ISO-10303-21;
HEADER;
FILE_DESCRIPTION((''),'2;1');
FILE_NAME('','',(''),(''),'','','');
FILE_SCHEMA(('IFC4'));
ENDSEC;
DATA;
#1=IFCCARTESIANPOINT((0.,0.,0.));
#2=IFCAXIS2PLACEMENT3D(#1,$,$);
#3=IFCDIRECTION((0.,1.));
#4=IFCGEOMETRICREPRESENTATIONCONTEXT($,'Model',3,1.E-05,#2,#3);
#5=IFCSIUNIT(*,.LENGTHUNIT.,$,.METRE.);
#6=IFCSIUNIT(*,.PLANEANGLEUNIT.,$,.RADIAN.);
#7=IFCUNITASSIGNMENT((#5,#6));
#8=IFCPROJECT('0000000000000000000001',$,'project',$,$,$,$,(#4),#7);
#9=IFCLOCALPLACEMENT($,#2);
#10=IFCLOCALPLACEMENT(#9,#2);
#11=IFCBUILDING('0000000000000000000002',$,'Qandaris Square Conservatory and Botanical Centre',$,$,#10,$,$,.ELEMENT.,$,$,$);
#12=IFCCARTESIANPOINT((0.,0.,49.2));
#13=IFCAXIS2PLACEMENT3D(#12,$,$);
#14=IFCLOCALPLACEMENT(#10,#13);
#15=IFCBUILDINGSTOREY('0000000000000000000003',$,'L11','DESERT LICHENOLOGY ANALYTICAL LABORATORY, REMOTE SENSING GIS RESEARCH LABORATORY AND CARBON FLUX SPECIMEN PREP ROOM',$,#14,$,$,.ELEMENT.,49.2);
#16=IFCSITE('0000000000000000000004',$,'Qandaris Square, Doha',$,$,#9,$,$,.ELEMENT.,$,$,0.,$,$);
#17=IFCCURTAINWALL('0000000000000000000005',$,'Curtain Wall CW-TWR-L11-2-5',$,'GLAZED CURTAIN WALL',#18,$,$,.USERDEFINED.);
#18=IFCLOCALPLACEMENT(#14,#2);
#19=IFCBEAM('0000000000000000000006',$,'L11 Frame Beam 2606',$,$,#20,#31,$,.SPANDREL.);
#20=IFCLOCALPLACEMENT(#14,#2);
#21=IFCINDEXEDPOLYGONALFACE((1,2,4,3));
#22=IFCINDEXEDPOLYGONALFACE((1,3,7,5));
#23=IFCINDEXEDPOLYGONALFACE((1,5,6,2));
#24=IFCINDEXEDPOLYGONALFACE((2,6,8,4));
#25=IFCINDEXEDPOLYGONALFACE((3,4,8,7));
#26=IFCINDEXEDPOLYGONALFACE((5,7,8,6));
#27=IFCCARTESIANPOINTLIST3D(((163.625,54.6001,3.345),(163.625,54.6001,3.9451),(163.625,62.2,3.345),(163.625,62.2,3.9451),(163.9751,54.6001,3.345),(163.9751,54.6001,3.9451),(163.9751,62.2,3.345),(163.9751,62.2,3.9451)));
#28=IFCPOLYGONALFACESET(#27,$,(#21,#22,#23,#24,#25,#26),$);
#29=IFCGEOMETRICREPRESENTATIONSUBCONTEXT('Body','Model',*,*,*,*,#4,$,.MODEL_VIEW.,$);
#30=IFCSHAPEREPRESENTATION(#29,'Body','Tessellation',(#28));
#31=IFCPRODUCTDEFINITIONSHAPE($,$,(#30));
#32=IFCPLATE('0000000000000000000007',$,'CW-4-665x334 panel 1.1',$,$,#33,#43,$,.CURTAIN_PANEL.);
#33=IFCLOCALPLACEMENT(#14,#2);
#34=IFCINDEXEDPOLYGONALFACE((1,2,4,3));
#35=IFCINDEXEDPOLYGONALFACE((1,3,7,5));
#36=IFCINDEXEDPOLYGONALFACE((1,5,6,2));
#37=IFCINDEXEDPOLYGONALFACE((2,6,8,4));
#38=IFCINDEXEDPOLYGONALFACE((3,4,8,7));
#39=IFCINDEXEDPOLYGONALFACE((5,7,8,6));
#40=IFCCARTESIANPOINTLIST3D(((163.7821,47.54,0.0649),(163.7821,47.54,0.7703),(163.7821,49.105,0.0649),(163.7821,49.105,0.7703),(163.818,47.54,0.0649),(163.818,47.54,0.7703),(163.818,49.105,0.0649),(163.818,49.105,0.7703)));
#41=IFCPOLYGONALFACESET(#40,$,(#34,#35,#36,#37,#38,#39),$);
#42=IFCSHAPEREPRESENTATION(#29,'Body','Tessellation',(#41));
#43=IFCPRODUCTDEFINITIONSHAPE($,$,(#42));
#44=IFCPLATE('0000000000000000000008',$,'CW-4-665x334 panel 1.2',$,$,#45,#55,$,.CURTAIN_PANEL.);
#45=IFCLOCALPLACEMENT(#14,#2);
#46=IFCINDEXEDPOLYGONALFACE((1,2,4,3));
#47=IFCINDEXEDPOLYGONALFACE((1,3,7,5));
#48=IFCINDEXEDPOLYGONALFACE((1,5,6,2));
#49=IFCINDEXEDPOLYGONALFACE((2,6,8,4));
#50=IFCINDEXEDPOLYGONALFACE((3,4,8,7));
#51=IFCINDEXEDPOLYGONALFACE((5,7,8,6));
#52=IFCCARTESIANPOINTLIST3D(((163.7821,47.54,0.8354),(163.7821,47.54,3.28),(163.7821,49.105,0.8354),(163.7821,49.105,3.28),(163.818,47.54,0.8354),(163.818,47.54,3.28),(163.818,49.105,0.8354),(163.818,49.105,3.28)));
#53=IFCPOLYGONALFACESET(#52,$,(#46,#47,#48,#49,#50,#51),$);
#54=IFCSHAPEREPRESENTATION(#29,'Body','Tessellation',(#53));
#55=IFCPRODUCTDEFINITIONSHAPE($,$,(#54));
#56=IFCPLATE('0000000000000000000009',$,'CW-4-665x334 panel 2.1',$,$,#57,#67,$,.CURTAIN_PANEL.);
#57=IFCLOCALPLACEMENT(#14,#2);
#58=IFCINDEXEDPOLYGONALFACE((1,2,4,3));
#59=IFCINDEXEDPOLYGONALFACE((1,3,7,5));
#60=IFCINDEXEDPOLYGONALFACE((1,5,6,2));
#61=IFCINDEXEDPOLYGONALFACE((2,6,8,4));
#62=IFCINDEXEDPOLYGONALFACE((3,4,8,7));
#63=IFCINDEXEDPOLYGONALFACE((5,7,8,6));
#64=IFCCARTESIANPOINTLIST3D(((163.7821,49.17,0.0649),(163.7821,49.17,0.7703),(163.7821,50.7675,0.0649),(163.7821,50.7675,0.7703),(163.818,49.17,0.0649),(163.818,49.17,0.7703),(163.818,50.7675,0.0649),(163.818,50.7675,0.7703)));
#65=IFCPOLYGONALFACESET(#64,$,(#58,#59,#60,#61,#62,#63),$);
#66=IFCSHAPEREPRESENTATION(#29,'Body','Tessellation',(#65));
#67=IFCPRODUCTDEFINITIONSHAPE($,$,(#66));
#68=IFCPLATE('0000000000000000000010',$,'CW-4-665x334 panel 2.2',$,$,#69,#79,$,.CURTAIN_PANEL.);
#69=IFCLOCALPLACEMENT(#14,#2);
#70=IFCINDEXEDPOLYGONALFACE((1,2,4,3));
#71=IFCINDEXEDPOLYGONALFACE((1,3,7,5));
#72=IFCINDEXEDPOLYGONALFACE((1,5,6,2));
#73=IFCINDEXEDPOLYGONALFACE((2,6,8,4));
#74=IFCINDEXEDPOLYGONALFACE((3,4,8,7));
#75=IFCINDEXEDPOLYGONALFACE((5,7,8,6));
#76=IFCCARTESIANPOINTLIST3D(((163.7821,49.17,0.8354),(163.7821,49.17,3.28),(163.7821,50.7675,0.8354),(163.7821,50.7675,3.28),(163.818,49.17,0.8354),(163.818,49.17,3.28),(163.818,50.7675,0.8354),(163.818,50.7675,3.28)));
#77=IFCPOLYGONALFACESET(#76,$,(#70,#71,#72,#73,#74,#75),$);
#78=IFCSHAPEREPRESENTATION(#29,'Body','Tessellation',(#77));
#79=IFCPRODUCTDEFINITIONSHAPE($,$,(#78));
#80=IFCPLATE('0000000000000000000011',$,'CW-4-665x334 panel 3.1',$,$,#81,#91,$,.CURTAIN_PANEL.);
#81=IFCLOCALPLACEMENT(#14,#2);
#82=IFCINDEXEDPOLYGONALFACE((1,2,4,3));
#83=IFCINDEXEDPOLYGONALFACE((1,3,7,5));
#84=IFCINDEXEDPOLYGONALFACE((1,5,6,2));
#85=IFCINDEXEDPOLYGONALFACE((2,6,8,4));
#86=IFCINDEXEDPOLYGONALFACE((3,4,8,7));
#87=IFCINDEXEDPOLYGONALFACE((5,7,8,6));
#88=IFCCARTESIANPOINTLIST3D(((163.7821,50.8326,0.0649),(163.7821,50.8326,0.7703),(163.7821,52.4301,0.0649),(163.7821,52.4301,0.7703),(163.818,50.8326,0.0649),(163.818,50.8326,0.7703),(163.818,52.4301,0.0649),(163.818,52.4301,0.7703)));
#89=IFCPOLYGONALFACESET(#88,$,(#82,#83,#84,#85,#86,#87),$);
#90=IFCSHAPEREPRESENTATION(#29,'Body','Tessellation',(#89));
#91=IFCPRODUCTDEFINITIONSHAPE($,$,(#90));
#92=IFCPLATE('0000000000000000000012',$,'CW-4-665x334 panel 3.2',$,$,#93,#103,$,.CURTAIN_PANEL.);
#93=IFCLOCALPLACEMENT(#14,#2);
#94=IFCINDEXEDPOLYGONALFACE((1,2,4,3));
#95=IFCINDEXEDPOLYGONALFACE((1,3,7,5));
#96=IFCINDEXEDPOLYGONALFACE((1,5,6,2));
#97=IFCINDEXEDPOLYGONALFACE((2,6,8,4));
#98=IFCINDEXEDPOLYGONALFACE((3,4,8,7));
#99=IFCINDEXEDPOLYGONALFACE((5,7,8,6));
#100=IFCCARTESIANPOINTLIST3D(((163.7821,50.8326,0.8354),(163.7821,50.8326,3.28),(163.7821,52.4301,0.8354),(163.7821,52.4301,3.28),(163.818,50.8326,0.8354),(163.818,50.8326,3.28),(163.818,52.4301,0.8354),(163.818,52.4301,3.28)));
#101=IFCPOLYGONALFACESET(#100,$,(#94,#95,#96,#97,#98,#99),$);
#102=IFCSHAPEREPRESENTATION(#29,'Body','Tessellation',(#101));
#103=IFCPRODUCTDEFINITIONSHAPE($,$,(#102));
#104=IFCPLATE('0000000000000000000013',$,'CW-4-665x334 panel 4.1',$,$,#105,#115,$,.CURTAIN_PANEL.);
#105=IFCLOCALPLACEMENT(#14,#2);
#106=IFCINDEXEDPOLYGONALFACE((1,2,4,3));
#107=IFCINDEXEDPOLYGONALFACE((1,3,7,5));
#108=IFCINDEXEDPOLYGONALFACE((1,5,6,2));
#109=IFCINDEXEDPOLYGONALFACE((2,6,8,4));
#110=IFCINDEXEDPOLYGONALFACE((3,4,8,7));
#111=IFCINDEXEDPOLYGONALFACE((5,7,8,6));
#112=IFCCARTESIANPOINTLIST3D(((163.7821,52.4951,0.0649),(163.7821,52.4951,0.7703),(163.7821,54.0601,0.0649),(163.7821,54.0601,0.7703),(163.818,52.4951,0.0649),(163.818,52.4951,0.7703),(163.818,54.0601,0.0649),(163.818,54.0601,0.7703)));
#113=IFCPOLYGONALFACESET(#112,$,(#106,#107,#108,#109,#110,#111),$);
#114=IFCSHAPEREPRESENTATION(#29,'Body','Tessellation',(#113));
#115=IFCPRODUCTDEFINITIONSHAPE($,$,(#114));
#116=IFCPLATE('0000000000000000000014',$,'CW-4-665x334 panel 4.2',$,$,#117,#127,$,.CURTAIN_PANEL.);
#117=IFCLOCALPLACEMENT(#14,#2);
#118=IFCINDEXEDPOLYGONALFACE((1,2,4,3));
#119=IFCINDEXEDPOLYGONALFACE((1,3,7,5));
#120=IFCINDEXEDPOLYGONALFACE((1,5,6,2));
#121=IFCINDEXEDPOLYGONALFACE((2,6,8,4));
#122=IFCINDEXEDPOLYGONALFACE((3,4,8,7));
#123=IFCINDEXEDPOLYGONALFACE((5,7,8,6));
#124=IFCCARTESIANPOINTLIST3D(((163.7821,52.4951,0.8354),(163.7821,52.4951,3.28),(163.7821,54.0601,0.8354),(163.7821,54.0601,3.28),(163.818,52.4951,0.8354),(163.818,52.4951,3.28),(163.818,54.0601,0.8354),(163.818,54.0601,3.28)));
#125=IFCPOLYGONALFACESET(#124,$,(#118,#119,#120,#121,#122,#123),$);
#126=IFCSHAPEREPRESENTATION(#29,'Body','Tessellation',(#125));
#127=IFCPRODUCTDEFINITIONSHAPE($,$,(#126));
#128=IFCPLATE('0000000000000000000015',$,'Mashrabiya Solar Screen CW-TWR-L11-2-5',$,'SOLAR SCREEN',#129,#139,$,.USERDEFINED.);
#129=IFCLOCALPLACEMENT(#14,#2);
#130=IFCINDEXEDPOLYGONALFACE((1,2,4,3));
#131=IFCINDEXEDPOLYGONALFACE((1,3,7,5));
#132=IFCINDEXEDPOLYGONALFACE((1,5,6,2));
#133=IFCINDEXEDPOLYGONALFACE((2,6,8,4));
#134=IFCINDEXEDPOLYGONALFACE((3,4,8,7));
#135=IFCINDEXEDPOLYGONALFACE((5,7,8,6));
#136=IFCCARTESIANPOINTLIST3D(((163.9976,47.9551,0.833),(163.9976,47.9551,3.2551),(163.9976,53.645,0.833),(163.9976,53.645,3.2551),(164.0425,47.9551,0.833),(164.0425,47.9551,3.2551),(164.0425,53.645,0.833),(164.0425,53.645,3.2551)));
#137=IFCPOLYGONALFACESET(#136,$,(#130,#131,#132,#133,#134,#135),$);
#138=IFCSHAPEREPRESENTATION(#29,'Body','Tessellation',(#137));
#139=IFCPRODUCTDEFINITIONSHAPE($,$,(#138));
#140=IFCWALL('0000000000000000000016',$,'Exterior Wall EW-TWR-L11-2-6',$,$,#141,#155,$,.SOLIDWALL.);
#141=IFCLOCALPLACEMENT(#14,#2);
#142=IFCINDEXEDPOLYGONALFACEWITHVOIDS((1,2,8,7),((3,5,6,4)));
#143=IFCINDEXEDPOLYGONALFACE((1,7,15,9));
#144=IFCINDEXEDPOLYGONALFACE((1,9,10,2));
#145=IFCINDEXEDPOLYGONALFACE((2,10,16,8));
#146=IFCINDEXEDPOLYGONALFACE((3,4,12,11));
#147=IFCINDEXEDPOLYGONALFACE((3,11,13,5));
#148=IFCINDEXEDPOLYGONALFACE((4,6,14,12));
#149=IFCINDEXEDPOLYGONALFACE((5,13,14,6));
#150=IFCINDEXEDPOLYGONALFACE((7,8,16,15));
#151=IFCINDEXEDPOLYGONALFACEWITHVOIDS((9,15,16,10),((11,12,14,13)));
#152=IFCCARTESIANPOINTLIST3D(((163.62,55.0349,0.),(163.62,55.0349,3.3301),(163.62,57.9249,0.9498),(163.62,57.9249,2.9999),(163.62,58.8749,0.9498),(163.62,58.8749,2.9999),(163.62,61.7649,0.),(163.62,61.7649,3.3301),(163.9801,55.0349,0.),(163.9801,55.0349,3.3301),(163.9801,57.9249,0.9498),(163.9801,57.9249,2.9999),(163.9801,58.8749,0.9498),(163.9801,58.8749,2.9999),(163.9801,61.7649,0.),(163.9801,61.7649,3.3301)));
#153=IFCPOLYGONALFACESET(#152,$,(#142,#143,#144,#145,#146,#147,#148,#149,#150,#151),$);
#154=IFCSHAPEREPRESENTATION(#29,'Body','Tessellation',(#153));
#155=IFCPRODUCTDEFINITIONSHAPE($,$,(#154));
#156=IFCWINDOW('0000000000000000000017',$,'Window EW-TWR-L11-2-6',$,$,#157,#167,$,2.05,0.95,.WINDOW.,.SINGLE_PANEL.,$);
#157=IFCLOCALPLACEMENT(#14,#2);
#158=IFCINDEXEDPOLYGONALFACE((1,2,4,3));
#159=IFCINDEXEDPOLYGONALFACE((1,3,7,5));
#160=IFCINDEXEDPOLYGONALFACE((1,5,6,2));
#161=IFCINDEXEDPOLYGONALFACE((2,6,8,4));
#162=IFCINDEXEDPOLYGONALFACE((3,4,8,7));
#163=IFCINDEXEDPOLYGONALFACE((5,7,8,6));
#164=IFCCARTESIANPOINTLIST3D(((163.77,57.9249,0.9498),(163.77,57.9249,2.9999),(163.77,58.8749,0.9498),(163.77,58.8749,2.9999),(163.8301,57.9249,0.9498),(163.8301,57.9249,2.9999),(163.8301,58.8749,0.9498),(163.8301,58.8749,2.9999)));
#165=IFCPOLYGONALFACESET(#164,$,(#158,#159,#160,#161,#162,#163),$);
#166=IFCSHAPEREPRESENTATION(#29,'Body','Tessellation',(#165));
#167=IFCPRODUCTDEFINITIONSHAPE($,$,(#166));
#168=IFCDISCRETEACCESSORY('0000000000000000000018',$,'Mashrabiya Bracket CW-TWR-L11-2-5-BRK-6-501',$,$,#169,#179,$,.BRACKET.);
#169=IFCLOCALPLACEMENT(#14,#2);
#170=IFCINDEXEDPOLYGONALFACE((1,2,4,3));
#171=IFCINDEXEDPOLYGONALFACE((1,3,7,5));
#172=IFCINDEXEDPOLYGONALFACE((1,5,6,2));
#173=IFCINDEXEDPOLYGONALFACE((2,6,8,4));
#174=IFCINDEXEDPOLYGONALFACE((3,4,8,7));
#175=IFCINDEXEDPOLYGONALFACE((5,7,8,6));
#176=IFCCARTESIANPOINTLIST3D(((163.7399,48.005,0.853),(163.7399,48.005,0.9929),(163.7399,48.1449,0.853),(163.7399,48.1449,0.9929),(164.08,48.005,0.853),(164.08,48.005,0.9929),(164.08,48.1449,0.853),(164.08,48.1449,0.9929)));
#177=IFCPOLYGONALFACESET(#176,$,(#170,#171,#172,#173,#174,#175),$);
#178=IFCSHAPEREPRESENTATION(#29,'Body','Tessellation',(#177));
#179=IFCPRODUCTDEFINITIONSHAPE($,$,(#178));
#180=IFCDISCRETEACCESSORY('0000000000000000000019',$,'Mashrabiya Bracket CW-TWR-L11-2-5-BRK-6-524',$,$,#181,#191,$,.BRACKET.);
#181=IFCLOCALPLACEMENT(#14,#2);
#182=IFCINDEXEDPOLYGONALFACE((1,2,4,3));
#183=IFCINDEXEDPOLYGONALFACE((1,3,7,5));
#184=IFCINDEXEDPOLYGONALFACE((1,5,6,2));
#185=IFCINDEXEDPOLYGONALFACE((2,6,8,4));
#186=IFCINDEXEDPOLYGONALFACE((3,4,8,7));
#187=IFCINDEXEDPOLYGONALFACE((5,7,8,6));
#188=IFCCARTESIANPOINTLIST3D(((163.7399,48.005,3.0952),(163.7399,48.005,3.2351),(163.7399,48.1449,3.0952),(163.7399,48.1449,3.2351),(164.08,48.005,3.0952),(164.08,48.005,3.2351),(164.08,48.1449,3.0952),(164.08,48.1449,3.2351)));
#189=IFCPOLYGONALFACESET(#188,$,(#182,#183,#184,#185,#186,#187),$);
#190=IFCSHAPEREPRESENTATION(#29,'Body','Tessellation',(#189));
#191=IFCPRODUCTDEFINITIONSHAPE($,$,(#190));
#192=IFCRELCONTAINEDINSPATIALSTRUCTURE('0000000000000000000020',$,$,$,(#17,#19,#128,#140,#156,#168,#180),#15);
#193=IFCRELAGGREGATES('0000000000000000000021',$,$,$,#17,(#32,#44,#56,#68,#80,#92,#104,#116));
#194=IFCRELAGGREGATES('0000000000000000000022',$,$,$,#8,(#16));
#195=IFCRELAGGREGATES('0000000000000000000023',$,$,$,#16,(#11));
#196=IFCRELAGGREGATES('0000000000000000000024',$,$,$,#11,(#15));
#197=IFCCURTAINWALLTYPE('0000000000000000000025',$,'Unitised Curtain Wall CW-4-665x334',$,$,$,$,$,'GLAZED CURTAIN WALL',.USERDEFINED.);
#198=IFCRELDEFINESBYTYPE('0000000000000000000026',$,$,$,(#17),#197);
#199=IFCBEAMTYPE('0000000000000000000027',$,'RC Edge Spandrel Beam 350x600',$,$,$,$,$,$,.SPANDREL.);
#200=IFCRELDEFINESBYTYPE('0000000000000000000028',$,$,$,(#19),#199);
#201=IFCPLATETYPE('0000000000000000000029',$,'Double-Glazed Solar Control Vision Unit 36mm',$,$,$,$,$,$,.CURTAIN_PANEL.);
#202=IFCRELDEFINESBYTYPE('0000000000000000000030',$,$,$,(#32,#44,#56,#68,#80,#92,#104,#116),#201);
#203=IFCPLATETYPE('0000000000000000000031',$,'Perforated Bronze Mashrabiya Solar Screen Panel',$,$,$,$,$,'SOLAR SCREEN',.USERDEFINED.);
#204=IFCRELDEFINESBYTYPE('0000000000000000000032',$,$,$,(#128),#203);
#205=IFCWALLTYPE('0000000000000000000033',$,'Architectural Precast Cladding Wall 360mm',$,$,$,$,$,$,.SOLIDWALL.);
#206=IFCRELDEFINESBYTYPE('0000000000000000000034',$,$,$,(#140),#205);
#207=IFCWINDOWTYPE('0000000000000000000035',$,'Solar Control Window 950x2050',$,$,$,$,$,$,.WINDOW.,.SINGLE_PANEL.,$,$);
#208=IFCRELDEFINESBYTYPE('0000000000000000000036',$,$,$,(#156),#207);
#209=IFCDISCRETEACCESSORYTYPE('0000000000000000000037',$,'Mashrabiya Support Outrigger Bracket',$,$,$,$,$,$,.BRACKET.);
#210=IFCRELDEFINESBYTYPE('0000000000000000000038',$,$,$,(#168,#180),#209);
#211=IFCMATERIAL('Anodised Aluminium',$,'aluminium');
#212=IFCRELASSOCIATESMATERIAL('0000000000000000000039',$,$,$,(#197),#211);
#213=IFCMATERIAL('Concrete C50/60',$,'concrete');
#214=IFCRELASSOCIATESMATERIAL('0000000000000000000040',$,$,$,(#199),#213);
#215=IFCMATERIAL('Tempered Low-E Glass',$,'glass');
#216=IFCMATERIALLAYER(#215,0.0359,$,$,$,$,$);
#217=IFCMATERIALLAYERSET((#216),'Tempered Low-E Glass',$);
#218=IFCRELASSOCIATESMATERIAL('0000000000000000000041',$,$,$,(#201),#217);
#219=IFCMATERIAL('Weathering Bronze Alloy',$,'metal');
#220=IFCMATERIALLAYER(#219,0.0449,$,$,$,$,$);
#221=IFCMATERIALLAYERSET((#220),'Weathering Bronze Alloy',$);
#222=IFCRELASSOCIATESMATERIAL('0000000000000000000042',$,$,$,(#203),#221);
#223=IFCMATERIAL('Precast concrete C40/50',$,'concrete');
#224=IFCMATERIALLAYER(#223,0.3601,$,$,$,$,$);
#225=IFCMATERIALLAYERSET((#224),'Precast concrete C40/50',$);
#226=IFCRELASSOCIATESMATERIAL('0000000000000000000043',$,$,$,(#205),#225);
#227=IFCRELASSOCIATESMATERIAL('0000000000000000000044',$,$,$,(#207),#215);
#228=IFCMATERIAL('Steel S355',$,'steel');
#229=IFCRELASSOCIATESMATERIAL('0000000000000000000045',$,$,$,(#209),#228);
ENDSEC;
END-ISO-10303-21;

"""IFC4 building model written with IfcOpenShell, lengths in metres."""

from ifc_helpers import new_model, si_unit, direction, frame, frame_2d, origin, origin_2d, place, context, subcontext, project, spatial, rectangle, extrude, material, layer, layer_set, material_profile, profile_set, type_object, element, fill, aggregate, save


model = new_model("IFC4")

# Units and contexts
model_context = context("Model", 3, precision=1e-05, world=origin(), true_north=direction((0.0, 1.0)))
body_context = subcontext(model_context, "Body", "Model", "MODEL_VIEW")
ifc_project = project(units=[si_unit("LENGTHUNIT", "METRE"), si_unit("PLANEANGLEUNIT", "RADIAN")], contexts=[model_context])

# Site, building, storey
site_placement = place(None, origin())
site = spatial("IfcSite", under=ifc_project, at=site_placement, Name="Qandaris Square, Doha", CompositionType="ELEMENT", RefElevation=0.0)
building_placement = place(site_placement, origin())
building = spatial("IfcBuilding", under=site, at=building_placement, Name="Qandaris Square Conservatory and Botanical Centre", CompositionType="ELEMENT")
storey_placement = place(building_placement, frame((0.0, 0.0, 49.2)))
storey = spatial("IfcBuildingStorey", under=building, at=storey_placement, Name="L11", Description="DESERT LICHENOLOGY ANALYTICAL LABORATORY, REMOTE SENSING GIS RESEARCH LABORATORY AND CARBON FLUX SPECIMEN PREP ROOM", CompositionType="ELEMENT", Elevation=49.2)

# Shared definitions
ifc_material_1 = material(Name="Concrete C50/60", Category="concrete")

# Curtain wall
ifc_material_2 = material(Name="Anodised Aluminium", Category="aluminium")
curtain_wall_type = type_object("IfcCurtainWallType", Name="Unitised Curtain Wall CW-4-665x334", ElementType="GLAZED CURTAIN WALL", PredefinedType="USERDEFINED", material=ifc_material_2)
curtain_wall_placement = place(storey_placement, origin())
curtain_wall = element("IfcCurtainWall", 1, at=curtain_wall_placement, inside=storey, type_object=curtain_wall_type, Name="Curtain Wall CW-TWR-L11-2-5", ObjectType="GLAZED CURTAIN WALL", PredefinedType="USERDEFINED")

# Beam
ifc_material_profile_1 = material_profile(ifc_material_1, rectangle(XDim=0.3501, YDim=0.6001, at=origin_2d()), Name="RC-SP 350x600")
ifc_profile_set_1 = profile_set([ifc_material_profile_1], Name="Concrete C50/60")
beam_type = type_object("IfcBeamType", Name="RC Edge Spandrel Beam 350x600", PredefinedType="SPANDREL", material=ifc_profile_set_1)
beam_placement = place(storey_placement, frame((163.8, 54.6001, 3.645), z_axis=(0.0, 1.0, 0.0), x_axis=(-1.0, 0.0, 0.0)))
element("IfcBeam", 2, at=beam_placement, inside=storey, type_object=beam_type, Name="L11 Frame Beam 2606", PredefinedType="SPANDREL", context=body_context, shape_type="SweptSolid", body=[
    extrude(rectangle(XDim=0.3501, YDim=0.6001, at=origin_2d()), origin(), (0.0, 0.0, 1.0), 7.5999),
])

# Plates
ifc_material_3 = material(Name="Tempered Low-E Glass", Category="glass")
ifc_layer_1 = layer(ifc_material_3, 0.0359)
ifc_layer_set_1 = layer_set([ifc_layer_1], Name="Tempered Low-E Glass")
plate_type_1 = type_object("IfcPlateType", Name="Double-Glazed Solar Control Vision Unit 36mm", PredefinedType="CURTAIN_PANEL", material=ifc_layer_set_1)
plate_1_placement = place(storey_placement, frame((163.8, 48.3225, 0.0649), z_axis=(0.0, 0.0, 1.0), x_axis=(0.0, 1.0, 0.0)))
plate_1 = element("IfcPlate", 3, at=plate_1_placement, type_object=plate_type_1, Name="CW-4-665x334 panel 1.1", PredefinedType="CURTAIN_PANEL", context=body_context, shape_type="SweptSolid", body=[
    extrude(rectangle(XDim=1.5649, YDim=0.0359, at=origin_2d()), origin(), (0.0, 0.0, 1.0), 0.7053),
])
plate_2_placement = place(storey_placement, frame((163.8, 48.3225, 0.8354), z_axis=(0.0, 0.0, 1.0), x_axis=(0.0, 1.0, 0.0)))
plate_2 = element("IfcPlate", 4, at=plate_2_placement, type_object=plate_type_1, Name="CW-4-665x334 panel 1.2", PredefinedType="CURTAIN_PANEL", context=body_context, shape_type="SweptSolid", body=[
    extrude(rectangle(XDim=1.5649, YDim=0.0359, at=origin_2d()), origin(), (0.0, 0.0, 1.0), 2.4446),
])
plate_3_placement = place(storey_placement, frame((163.8, 49.9688, 0.0649), z_axis=(0.0, 0.0, 1.0), x_axis=(0.0, 1.0, 0.0)))
plate_3 = element("IfcPlate", 5, at=plate_3_placement, type_object=plate_type_1, Name="CW-4-665x334 panel 2.1", PredefinedType="CURTAIN_PANEL", context=body_context, shape_type="SweptSolid", body=[
    extrude(rectangle(XDim=1.5974, YDim=0.0359, at=origin_2d()), origin(), (0.0, 0.0, 1.0), 0.7053),
])
plate_4_placement = place(storey_placement, frame((163.8, 49.9688, 0.8354), z_axis=(0.0, 0.0, 1.0), x_axis=(0.0, 1.0, 0.0)))
plate_4 = element("IfcPlate", 6, at=plate_4_placement, type_object=plate_type_1, Name="CW-4-665x334 panel 2.2", PredefinedType="CURTAIN_PANEL", context=body_context, shape_type="SweptSolid", body=[
    extrude(rectangle(XDim=1.5974, YDim=0.0359, at=origin_2d()), origin(), (0.0, 0.0, 1.0), 2.4446),
])
plate_5_placement = place(storey_placement, frame((163.8, 51.6313, 0.0649), z_axis=(0.0, 0.0, 1.0), x_axis=(0.0, 1.0, 0.0)))
plate_5 = element("IfcPlate", 7, at=plate_5_placement, type_object=plate_type_1, Name="CW-4-665x334 panel 3.1", PredefinedType="CURTAIN_PANEL", context=body_context, shape_type="SweptSolid", body=[
    extrude(rectangle(XDim=1.5974, YDim=0.0359, at=origin_2d()), origin(), (0.0, 0.0, 1.0), 0.7053),
])
plate_6_placement = place(storey_placement, frame((163.8, 51.6313, 0.8354), z_axis=(0.0, 0.0, 1.0), x_axis=(0.0, 1.0, 0.0)))
plate_6 = element("IfcPlate", 8, at=plate_6_placement, type_object=plate_type_1, Name="CW-4-665x334 panel 3.2", PredefinedType="CURTAIN_PANEL", context=body_context, shape_type="SweptSolid", body=[
    extrude(rectangle(XDim=1.5974, YDim=0.0359, at=origin_2d()), origin(), (0.0, 0.0, 1.0), 2.4446),
])
plate_7_placement = place(storey_placement, frame((163.8, 53.2776, 0.0649), z_axis=(0.0, 0.0, 1.0), x_axis=(0.0, 1.0, 0.0)))
plate_7 = element("IfcPlate", 9, at=plate_7_placement, type_object=plate_type_1, Name="CW-4-665x334 panel 4.1", PredefinedType="CURTAIN_PANEL", context=body_context, shape_type="SweptSolid", body=[
    extrude(rectangle(XDim=1.5649, YDim=0.0359, at=origin_2d()), origin(), (0.0, 0.0, 1.0), 0.7053),
])
plate_8_placement = place(storey_placement, frame((163.8, 53.2776, 0.8354), z_axis=(0.0, 0.0, 1.0), x_axis=(0.0, 1.0, 0.0)))
plate_8 = element("IfcPlate", 10, at=plate_8_placement, type_object=plate_type_1, Name="CW-4-665x334 panel 4.2", PredefinedType="CURTAIN_PANEL", context=body_context, shape_type="SweptSolid", body=[
    extrude(rectangle(XDim=1.5649, YDim=0.0359, at=origin_2d()), origin(), (0.0, 0.0, 1.0), 2.4446),
])
aggregate(curtain_wall, [plate_1, plate_2, plate_3, plate_4, plate_5, plate_6, plate_7, plate_8])
ifc_material_4 = material(Name="Weathering Bronze Alloy", Category="metal")
ifc_layer_2 = layer(ifc_material_4, 0.0449)
ifc_layer_set_2 = layer_set([ifc_layer_2], Name="Weathering Bronze Alloy")
plate_type_2 = type_object("IfcPlateType", Name="Perforated Bronze Mashrabiya Solar Screen Panel", ElementType="SOLAR SCREEN", PredefinedType="USERDEFINED", material=ifc_layer_set_2)
plate_9_placement = place(storey_placement, frame((164.02, 50.8, 0.833), z_axis=(0.0, 0.0, 1.0), x_axis=(0.0, 1.0, 0.0)))
element("IfcPlate", 11, at=plate_9_placement, inside=storey, type_object=plate_type_2, Name="Mashrabiya Solar Screen CW-TWR-L11-2-5", ObjectType="SOLAR SCREEN", PredefinedType="USERDEFINED", context=body_context, shape_type="SweptSolid", body=[
    extrude(rectangle(XDim=5.6899, YDim=0.0449, at=origin_2d()), origin(), (0.0, 0.0, 1.0), 2.4221),
])

# Wall, opening, window
ifc_material_5 = material(Name="Precast concrete C40/50", Category="concrete")
ifc_layer_3 = layer(ifc_material_5, 0.3601)
ifc_layer_set_3 = layer_set([ifc_layer_3], Name="Precast concrete C40/50")
wall_type = type_object("IfcWallType", Name="Architectural Precast Cladding Wall 360mm", PredefinedType="SOLIDWALL", material=ifc_layer_set_3)
wall_placement = place(storey_placement, frame((163.8, 55.0349, 0.0), z_axis=(0.0, 0.0, 1.0), x_axis=(0.0, 1.0, 0.0)))
wall = element("IfcWall", 12, at=wall_placement, inside=storey, type_object=wall_type, Name="Exterior Wall EW-TWR-L11-2-6", PredefinedType="SOLIDWALL", context=body_context, shape_type="SweptSolid", body=[
    extrude(rectangle(XDim=6.73, YDim=0.3601, at=frame_2d((3.365, 0.0))), origin(), (0.0, 0.0, 1.0), 3.3301),
])
opening_placement = place(wall_placement, frame((2.8899, 0.0, 0.95)))
opening = element("IfcOpeningElement", 13, at=opening_placement, cuts=wall, PredefinedType="OPENING", context=body_context, shape_type="SweptSolid", body=[
    extrude(rectangle(XDim=0.95, YDim=2.05, at=frame_2d((0.4751, 1.0249))), frame((0.0, 0.1919, 0.0), z_axis=(0.0, -1.0, 0.0), x_axis=(1.0, 0.0, 0.0)), (0.0, 0.0, 1.0), 0.384),
])
window_type = type_object("IfcWindowType", Name="Solar Control Window 950x2050", PartitioningType="SINGLE_PANEL", PredefinedType="WINDOW", material=ifc_material_3)
window_placement = place(opening_placement, origin())
window = element("IfcWindow", 14, at=window_placement, inside=storey, type_object=window_type, Name="Window EW-TWR-L11-2-6", OverallHeight=2.05, OverallWidth=0.95, PartitioningType="SINGLE_PANEL", PredefinedType="WINDOW", context=body_context, shape_type="SweptSolid", body=[
    extrude(rectangle(XDim=0.95, YDim=2.05, at=frame_2d((0.4751, 1.0249))), frame((0.0, 0.03, 0.0), z_axis=(0.0, -1.0, 0.0), x_axis=(1.0, 0.0, 0.0)), (0.0, 0.0, 1.0), 0.0601),
])
fill(opening, window)

# Discrete accessories
ifc_material_6 = material(Name="Steel S355", Category="steel")
discrete_accessory_type = type_object("IfcDiscreteAccessoryType", Name="Mashrabiya Support Outrigger Bracket", PredefinedType="BRACKET", material=ifc_material_6)
for number, where, z_axis, x_axis, name in (
    (15, (163.9099, 48.075, 0.853), (0.0, 0.0, 1.0), (0.0, 1.0, 0.0), "Mashrabiya Bracket CW-TWR-L11-2-5-BRK-6-501"),
    (16, (163.9099, 48.075, 3.0952), (0.0, 0.0, 1.0), (0.0, 1.0, 0.0), "Mashrabiya Bracket CW-TWR-L11-2-5-BRK-6-524"),
):
    element("IfcDiscreteAccessory", number, at=place(storey_placement, frame(where, z_axis=z_axis, x_axis=x_axis)), inside=storey, type_object=discrete_accessory_type, Name=name, PredefinedType="BRACKET", context=body_context, shape_type="SweptSolid", body=[
        extrude(rectangle(XDim=0.1399, YDim=0.3401, at=origin_2d()), origin(), (0.0, 0.0, 1.0), 0.1399),
    ])

save(model, "model.ifc")
